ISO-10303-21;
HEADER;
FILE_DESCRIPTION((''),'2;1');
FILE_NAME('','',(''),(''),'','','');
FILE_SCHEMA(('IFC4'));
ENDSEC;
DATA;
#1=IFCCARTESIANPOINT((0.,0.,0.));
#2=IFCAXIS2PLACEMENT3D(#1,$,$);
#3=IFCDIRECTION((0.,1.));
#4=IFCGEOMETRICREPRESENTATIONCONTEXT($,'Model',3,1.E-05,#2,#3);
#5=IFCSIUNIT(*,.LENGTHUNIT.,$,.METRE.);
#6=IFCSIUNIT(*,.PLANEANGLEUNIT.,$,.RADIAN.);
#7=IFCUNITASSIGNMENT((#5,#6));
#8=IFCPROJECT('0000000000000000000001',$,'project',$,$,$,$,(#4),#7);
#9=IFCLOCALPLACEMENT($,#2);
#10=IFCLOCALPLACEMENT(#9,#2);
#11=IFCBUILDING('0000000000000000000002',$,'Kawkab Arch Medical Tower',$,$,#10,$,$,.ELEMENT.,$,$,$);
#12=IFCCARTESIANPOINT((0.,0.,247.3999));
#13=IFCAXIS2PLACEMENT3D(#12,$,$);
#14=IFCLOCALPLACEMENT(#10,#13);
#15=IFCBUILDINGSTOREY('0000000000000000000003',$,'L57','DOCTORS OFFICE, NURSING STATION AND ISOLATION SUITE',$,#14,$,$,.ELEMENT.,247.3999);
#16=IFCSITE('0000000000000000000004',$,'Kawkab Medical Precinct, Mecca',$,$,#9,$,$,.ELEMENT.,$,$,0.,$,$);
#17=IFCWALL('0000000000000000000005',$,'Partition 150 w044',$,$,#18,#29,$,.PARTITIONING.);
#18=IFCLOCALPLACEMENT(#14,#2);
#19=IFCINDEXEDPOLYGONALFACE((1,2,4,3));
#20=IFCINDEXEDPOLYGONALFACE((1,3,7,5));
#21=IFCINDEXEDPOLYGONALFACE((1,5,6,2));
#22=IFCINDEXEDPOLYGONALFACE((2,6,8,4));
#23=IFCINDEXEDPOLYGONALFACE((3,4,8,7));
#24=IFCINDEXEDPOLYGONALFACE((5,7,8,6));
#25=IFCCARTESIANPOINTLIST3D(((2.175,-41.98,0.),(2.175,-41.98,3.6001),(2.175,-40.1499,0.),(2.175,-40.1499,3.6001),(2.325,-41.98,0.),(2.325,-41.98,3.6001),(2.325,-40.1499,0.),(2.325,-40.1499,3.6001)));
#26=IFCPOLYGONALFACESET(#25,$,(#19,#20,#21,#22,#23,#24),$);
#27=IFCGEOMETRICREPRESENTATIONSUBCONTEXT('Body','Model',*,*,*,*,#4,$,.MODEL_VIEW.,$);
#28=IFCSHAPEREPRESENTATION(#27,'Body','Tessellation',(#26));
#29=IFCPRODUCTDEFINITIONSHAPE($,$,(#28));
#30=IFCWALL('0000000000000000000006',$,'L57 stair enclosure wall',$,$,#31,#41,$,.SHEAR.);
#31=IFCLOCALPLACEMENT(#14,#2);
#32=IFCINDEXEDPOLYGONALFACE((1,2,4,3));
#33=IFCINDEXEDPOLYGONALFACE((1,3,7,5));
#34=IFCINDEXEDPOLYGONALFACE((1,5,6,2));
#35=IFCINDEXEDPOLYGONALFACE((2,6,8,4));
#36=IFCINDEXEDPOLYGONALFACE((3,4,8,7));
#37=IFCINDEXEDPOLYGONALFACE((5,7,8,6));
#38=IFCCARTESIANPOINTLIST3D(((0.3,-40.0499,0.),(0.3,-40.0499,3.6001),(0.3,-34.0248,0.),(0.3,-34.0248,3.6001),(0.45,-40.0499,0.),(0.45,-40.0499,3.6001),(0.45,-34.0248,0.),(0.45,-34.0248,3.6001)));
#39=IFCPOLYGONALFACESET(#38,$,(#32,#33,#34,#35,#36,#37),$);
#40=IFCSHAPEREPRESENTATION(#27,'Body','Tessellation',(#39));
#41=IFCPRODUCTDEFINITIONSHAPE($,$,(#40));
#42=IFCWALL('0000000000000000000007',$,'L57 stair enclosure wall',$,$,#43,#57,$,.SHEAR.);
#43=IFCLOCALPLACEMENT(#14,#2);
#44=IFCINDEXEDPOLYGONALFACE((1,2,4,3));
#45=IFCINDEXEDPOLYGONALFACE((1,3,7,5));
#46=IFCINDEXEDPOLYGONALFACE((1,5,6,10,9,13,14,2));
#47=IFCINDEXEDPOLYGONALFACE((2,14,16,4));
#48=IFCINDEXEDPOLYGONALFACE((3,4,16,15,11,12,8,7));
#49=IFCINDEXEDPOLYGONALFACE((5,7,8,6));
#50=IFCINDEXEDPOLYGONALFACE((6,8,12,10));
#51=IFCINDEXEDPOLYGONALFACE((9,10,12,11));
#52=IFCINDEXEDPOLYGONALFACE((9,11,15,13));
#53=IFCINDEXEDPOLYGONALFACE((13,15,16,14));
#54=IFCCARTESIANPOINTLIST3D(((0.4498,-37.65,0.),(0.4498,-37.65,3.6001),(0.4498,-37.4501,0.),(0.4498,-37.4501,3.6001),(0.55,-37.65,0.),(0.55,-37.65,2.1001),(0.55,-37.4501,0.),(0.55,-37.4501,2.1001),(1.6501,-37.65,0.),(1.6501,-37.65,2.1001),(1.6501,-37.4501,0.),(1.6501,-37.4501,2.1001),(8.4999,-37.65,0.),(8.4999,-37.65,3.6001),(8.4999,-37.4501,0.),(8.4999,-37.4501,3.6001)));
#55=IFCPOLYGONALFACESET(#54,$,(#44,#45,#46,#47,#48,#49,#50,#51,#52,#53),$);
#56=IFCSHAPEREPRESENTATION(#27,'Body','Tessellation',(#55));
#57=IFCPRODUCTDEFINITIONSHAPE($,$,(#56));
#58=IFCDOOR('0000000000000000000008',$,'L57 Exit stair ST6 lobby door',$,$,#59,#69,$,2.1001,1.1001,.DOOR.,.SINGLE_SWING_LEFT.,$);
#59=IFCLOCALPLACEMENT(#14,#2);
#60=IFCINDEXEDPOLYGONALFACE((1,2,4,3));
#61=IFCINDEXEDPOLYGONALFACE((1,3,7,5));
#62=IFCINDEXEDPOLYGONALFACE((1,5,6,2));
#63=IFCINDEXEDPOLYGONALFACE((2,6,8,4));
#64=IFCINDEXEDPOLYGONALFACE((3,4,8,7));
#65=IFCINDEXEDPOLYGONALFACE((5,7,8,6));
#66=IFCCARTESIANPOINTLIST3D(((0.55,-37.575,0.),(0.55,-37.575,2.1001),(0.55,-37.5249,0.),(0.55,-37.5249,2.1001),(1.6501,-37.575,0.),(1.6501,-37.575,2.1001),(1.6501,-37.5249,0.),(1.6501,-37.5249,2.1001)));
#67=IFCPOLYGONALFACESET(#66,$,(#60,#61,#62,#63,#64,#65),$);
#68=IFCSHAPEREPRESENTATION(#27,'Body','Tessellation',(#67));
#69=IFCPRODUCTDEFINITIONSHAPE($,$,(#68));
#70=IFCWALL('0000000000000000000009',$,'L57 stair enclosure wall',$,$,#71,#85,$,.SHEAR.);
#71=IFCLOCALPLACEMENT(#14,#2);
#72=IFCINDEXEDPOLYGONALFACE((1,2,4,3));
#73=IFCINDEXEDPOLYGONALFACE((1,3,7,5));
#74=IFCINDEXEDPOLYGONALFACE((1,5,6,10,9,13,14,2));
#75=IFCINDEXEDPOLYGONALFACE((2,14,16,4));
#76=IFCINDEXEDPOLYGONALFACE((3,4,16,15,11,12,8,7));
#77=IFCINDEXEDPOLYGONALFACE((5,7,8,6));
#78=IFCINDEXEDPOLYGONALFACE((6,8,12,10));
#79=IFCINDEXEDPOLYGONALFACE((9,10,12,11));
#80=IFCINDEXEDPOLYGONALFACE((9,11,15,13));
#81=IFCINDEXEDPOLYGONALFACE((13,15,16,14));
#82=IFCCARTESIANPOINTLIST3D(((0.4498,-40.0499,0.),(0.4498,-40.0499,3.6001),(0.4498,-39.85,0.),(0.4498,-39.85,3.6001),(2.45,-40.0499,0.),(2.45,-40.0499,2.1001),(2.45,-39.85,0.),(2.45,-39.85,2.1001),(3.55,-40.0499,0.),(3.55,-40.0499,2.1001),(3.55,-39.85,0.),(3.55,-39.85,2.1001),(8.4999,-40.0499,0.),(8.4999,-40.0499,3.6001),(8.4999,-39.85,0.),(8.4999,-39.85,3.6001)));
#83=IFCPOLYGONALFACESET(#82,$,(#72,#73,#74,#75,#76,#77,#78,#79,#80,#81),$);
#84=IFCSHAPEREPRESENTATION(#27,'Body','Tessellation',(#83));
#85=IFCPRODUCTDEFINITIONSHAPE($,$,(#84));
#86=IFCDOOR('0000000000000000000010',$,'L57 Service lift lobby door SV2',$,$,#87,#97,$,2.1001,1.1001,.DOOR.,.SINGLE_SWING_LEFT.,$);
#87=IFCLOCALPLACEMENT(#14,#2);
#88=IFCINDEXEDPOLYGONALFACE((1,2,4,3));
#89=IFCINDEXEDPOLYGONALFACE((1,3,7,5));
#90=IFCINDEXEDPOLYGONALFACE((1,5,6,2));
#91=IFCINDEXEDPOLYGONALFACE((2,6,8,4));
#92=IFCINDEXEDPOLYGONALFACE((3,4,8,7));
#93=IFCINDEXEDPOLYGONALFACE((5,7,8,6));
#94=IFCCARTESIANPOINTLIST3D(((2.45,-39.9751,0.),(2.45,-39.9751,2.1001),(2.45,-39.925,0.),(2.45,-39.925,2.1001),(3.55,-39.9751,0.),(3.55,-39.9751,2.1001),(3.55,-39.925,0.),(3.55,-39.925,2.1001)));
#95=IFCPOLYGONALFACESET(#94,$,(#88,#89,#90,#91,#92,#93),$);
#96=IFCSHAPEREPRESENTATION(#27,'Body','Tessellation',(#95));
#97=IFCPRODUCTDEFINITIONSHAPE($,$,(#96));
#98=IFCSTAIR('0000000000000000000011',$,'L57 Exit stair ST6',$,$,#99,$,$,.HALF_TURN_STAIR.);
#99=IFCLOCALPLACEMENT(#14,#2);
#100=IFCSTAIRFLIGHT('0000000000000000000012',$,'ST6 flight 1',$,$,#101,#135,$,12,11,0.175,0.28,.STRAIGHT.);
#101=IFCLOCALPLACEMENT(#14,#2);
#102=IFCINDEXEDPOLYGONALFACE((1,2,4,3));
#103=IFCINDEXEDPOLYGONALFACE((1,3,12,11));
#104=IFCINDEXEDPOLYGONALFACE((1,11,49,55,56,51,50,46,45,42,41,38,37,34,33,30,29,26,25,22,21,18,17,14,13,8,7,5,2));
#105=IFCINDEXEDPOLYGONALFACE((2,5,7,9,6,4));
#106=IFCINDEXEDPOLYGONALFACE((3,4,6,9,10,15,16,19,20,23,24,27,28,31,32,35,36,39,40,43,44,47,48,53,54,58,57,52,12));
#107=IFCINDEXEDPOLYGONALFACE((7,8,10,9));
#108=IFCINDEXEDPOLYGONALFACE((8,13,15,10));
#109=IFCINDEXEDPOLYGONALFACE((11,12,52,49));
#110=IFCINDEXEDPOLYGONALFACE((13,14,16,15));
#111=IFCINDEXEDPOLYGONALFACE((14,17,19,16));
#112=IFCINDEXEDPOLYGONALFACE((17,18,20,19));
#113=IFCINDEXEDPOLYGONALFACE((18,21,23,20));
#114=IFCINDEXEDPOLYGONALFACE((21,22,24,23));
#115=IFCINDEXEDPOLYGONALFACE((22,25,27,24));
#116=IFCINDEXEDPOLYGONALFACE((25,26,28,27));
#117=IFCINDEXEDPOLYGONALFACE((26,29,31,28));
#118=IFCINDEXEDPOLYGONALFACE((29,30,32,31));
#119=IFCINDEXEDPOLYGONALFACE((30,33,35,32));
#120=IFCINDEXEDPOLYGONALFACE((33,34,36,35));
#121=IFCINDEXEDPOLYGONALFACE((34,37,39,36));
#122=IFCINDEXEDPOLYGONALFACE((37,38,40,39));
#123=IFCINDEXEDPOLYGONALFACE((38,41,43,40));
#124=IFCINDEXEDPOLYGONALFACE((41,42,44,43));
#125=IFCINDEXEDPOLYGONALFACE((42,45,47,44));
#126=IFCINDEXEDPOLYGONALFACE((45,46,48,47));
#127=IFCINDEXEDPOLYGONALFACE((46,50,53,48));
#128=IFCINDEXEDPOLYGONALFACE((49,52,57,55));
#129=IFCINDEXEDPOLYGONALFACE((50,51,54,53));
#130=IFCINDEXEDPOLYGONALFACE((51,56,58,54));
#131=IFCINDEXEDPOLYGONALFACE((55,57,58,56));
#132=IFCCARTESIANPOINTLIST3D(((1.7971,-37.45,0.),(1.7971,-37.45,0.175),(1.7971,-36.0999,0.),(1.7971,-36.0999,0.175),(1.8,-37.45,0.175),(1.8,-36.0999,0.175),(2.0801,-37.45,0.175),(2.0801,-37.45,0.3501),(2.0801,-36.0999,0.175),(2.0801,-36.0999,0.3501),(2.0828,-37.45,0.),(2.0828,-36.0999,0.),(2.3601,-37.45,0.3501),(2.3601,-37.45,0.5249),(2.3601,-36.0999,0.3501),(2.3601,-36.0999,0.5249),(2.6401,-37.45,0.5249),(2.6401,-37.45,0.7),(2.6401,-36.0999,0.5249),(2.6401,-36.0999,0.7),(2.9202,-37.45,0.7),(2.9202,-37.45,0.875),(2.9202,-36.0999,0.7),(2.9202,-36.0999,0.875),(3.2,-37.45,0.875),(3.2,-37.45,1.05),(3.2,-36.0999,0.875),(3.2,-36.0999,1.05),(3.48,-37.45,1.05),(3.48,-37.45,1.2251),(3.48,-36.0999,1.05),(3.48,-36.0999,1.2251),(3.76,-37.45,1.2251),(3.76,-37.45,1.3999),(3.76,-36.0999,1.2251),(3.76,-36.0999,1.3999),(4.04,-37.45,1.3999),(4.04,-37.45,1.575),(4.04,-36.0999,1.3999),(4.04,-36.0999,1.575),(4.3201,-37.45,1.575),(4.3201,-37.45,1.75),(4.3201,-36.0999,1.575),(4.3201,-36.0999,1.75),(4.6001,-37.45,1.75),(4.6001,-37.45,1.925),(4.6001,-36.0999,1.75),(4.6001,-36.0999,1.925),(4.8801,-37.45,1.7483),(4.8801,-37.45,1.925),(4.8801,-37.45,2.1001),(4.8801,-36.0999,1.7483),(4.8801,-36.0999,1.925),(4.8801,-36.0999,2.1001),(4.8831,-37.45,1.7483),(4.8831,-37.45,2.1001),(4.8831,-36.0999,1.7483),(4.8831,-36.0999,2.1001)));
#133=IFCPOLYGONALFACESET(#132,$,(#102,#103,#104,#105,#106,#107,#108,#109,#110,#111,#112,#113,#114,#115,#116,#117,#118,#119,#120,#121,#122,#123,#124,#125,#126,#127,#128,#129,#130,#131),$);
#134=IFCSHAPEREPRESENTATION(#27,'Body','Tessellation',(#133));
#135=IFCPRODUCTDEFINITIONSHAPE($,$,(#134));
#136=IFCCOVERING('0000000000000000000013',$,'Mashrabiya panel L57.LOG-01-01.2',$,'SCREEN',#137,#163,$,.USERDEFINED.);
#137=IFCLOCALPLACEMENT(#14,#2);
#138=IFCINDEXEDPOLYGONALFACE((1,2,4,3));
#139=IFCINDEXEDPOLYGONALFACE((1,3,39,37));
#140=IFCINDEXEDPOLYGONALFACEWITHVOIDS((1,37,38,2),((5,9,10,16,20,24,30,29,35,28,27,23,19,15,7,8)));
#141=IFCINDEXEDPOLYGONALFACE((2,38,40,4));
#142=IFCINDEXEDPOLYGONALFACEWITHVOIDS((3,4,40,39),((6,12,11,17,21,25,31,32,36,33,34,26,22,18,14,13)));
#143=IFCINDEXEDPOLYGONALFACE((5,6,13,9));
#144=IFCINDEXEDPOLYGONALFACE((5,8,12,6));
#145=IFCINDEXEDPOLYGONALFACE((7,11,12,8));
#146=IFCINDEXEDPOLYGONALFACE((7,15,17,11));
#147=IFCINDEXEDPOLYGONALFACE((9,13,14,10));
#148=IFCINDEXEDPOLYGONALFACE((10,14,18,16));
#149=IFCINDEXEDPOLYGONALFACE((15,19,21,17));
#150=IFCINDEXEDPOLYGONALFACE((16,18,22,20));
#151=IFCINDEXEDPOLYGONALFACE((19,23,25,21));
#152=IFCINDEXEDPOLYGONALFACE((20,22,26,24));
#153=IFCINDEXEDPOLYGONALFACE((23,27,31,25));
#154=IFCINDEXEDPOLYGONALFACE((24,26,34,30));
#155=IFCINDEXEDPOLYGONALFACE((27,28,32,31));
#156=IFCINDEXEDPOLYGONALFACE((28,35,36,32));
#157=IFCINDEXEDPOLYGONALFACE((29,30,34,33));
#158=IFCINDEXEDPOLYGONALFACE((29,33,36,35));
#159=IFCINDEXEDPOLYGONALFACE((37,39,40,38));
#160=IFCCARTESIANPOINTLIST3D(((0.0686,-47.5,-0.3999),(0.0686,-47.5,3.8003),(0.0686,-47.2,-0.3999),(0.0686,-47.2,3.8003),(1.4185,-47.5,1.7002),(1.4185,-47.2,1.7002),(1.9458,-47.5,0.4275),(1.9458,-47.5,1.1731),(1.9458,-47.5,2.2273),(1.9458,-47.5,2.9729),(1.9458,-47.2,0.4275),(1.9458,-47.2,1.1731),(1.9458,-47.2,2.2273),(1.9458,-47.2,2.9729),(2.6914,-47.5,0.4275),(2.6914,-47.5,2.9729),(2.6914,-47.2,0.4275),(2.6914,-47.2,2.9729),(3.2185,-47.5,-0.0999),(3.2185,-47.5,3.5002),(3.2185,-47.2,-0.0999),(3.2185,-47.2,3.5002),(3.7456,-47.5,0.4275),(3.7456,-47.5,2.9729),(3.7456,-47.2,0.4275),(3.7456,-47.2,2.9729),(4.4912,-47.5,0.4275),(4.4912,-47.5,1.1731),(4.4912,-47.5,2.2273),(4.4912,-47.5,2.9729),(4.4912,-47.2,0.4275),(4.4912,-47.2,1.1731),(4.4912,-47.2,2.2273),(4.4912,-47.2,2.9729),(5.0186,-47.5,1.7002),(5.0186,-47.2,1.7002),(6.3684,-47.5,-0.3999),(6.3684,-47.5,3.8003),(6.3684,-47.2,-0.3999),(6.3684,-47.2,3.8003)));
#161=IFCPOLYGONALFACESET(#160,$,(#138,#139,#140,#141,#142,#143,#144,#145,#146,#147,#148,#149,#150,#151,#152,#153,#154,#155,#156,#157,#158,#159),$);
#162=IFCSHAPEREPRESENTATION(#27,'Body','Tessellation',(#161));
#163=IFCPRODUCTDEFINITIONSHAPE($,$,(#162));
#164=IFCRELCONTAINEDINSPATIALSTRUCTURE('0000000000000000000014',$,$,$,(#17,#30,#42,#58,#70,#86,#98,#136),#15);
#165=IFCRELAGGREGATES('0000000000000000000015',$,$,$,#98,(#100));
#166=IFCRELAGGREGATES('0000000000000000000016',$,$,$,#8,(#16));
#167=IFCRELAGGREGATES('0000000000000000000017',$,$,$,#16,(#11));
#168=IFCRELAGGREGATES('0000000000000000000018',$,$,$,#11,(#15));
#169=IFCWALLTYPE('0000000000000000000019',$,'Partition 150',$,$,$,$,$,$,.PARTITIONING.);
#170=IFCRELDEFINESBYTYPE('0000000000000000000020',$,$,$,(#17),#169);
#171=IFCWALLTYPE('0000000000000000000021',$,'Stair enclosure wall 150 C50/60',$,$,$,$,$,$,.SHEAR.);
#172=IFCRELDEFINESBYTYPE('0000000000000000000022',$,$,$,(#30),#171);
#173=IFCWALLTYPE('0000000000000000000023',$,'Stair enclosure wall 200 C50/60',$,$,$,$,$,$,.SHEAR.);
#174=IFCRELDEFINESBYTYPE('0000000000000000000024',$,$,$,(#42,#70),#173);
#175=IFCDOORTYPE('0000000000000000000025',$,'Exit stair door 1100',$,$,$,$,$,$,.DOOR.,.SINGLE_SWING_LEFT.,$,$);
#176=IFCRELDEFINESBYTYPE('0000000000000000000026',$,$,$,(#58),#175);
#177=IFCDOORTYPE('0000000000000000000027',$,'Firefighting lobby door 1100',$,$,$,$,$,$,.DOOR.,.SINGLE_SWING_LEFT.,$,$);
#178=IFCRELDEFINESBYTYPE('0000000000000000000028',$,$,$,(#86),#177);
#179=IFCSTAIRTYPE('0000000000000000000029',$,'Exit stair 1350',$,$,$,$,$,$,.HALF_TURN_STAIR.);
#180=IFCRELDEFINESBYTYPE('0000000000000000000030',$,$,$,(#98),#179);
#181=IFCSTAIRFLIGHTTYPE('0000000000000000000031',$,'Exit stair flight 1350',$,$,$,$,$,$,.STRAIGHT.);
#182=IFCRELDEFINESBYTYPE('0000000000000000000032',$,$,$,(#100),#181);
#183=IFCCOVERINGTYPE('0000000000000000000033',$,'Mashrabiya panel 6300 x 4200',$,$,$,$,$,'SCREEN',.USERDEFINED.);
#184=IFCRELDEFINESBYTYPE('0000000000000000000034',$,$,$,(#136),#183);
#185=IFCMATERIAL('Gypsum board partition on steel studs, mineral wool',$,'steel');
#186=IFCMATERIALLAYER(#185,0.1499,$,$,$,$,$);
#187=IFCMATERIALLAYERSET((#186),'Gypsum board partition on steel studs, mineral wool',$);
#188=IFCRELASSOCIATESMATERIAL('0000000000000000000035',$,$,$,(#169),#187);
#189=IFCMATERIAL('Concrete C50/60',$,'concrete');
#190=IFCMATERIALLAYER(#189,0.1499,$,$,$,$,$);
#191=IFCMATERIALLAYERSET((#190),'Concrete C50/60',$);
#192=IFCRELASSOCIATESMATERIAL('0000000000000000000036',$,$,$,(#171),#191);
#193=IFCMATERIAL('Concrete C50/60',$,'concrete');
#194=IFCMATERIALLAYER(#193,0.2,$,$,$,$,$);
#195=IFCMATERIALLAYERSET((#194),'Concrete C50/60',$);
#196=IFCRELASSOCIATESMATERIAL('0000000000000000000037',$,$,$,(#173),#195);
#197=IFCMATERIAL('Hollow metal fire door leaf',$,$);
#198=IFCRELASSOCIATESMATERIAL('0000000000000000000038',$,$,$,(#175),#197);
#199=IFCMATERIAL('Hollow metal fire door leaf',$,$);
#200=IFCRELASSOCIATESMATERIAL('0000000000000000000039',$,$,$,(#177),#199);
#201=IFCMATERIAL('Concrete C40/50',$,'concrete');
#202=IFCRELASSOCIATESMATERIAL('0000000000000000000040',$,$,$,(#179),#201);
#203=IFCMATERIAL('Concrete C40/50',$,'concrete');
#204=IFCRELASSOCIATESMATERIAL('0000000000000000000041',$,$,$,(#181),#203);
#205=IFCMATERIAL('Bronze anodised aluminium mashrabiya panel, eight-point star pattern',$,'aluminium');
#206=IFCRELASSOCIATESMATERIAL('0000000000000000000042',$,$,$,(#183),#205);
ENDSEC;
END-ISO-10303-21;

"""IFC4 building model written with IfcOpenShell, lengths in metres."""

from ifc_helpers import new_model, si_unit, direction, frame, frame_2d, origin, place, context, subcontext, project, spatial, polyline, rectangle, outline, extrude, material, layer, layer_set, material_profile, profile_set, type_object, element, fill, aggregate, save


model = new_model("IFC4")

# Units and contexts
model_context = context("Model", 3, precision=1e-05, world=origin(), true_north=direction((0.0, 1.0)))
body_context = subcontext(model_context, "Body", "Model", "MODEL_VIEW")
ifc_project = project(units=[si_unit("LENGTHUNIT", "METRE"), si_unit("PLANEANGLEUNIT", "RADIAN")], contexts=[model_context])

# Site, building, storey
site_placement = place(None, origin())
site = spatial("IfcSite", under=ifc_project, at=site_placement, Name="Kawkab Medical Precinct, Mecca", CompositionType="ELEMENT", RefElevation=0.0)
building_placement = place(site_placement, origin())
building = spatial("IfcBuilding", under=site, at=building_placement, Name="Kawkab Arch Medical Tower", CompositionType="ELEMENT")
storey_placement = place(building_placement, frame((0.0, 0.0, 247.3999)))
storey = spatial("IfcBuildingStorey", under=building, at=storey_placement, Name="L57", Description="DOCTORS OFFICE, NURSING STATION AND ISOLATION SUITE", CompositionType="ELEMENT", Elevation=247.3999)

# Shared definitions
placement = place(storey_placement, origin())

# Shared definitions
ifc_material_1 = material(Name="Gypsum board partition on steel studs, mineral wool", Category="steel")
ifc_layer_1 = layer(ifc_material_1, 0.1499)
ifc_layer_set_1 = layer_set([ifc_layer_1], Name="Gypsum board partition on steel studs, mineral wool")
wall_type_1 = type_object("IfcWallType", Name="Partition 150", PredefinedType="PARTITIONING", material=ifc_layer_set_1)

# Walls
wall_1_placement = place(storey_placement, frame((2.25, -41.98, 0.0), z_axis=(0.0, 0.0, 1.0), x_axis=(0.0, 1.0, 0.0)))
element("IfcWall", 1, at=wall_1_placement, inside=storey, type_object=wall_type_1, Name="Partition 150 w044", PredefinedType="PARTITIONING", context=body_context, shape_type="SweptSolid", body=[
    extrude(rectangle(XDim=1.8301, YDim=0.1499, at=frame_2d((0.915, 0.0))), origin(), (0.0, 0.0, 1.0), 3.6001),
])
ifc_material_2 = material(Name="Concrete C50/60", Category="concrete")
ifc_layer_2 = layer(ifc_material_2, 0.1499)
ifc_layer_set_2 = layer_set([ifc_layer_2], Name="Concrete C50/60")
wall_type_2 = type_object("IfcWallType", Name="Stair enclosure wall 150 C50/60", PredefinedType="SHEAR", material=ifc_layer_set_2)
wall_2_placement = place(storey_placement, frame((0.375, -40.05, 0.0), z_axis=(0.0, 0.0, 1.0), x_axis=(0.0, 1.0, 0.0)))
element("IfcWall", 2, at=wall_2_placement, inside=storey, type_object=wall_type_2, Name="L57 stair enclosure wall", PredefinedType="SHEAR", context=body_context, shape_type="SweptSolid", body=[
    extrude(rectangle(XDim=6.0251, YDim=0.1499, at=frame_2d((3.0127, 0.0))), origin(), (0.0, 0.0, 1.0), 3.6001),
])

# Walls, openings, doors
ifc_material_3 = material(Name="Concrete C50/60", Category="concrete")
ifc_layer_3 = layer(ifc_material_3, 0.2)
ifc_layer_set_3 = layer_set([ifc_layer_3], Name="Concrete C50/60")
wall_type_3 = type_object("IfcWallType", Name="Stair enclosure wall 200 C50/60", PredefinedType="SHEAR", material=ifc_layer_set_3)
wall_3_placement = place(storey_placement, frame((0.45, -37.55, 0.0), z_axis=(0.0, 0.0, 1.0), x_axis=(1.0, 0.0, 0.0)))
wall_3 = element("IfcWall", 3, at=wall_3_placement, inside=storey, type_object=wall_type_3, Name="L57 stair enclosure wall", PredefinedType="SHEAR", context=body_context, shape_type="SweptSolid", body=[
    extrude(rectangle(XDim=8.05, YDim=0.2, at=frame_2d((4.0249, 0.0))), origin(), (0.0, 0.0, 1.0), 3.6001),
])
opening_1_placement = place(wall_3_placement, frame((0.1001, 0.0, 0.0)))
opening_1 = element("IfcOpeningElement", 4, at=opening_1_placement, cuts=wall_3, PredefinedType="OPENING", context=body_context, shape_type="SweptSolid", body=[
    extrude(rectangle(XDim=1.1001, YDim=2.1001, at=frame_2d((0.55, 1.05))), frame((0.0, 0.1099, 0.0), z_axis=(0.0, -1.0, 0.0), x_axis=(1.0, 0.0, 0.0)), (0.0, 0.0, 1.0), 0.22),
])
ifc_material_4 = material(Name="Hollow metal fire door leaf")
door_type_1 = type_object("IfcDoorType", Name="Exit stair door 1100", OperationType="SINGLE_SWING_LEFT", PredefinedType="DOOR", material=ifc_material_4)
door_1_placement = place(opening_1_placement, frame((1.1001, 0.0, 0.0), z_axis=(0.0, 0.0, 1.0), x_axis=(-1.0, 0.0, 0.0)))
door_1 = element("IfcDoor", 5, at=door_1_placement, inside=storey, type_object=door_type_1, Name="L57 Exit stair ST6 lobby door", OperationType="SINGLE_SWING_LEFT", OverallHeight=2.1001, OverallWidth=1.1001, PredefinedType="DOOR", context=body_context, shape_type="SweptSolid", body=[
    extrude(rectangle(XDim=1.1001, YDim=2.1001, at=frame_2d((0.55, 1.05))), frame((0.0, 0.0249, 0.0), z_axis=(0.0, -1.0, 0.0), x_axis=(1.0, 0.0, 0.0)), (0.0, 0.0, 1.0), 0.05),
])
fill(opening_1, door_1)
wall_4_placement = place(storey_placement, frame((0.45, -39.95, 0.0), z_axis=(0.0, 0.0, 1.0), x_axis=(1.0, 0.0, 0.0)))
wall_4 = element("IfcWall", 6, at=wall_4_placement, inside=storey, type_object=wall_type_3, Name="L57 stair enclosure wall", PredefinedType="SHEAR", context=body_context, shape_type="SweptSolid", body=[
    extrude(rectangle(XDim=8.05, YDim=0.2, at=frame_2d((4.0249, 0.0))), origin(), (0.0, 0.0, 1.0), 3.6001),
])
opening_2_placement = place(wall_4_placement, frame((2.0, 0.0, 0.0)))
opening_2 = element("IfcOpeningElement", 7, at=opening_2_placement, cuts=wall_4, PredefinedType="OPENING", context=body_context, shape_type="SweptSolid", body=[
    extrude(rectangle(XDim=1.1001, YDim=2.1001, at=frame_2d((0.55, 1.05))), frame((0.0, 0.1099, 0.0), z_axis=(0.0, -1.0, 0.0), x_axis=(1.0, 0.0, 0.0)), (0.0, 0.0, 1.0), 0.22),
])
ifc_material_5 = material(Name="Hollow metal fire door leaf")
door_type_2 = type_object("IfcDoorType", Name="Firefighting lobby door 1100", OperationType="SINGLE_SWING_LEFT", PredefinedType="DOOR", material=ifc_material_5)
door_2_placement = place(opening_2_placement, origin())
door_2 = element("IfcDoor", 8, at=door_2_placement, inside=storey, type_object=door_type_2, Name="L57 Service lift lobby door SV2", OperationType="SINGLE_SWING_LEFT", OverallHeight=2.1001, OverallWidth=1.1001, PredefinedType="DOOR", context=body_context, shape_type="SweptSolid", body=[
    extrude(rectangle(XDim=1.1001, YDim=2.1001, at=frame_2d((0.55, 1.05))), frame((0.0, 0.0249, 0.0), z_axis=(0.0, -1.0, 0.0), x_axis=(1.0, 0.0, 0.0)), (0.0, 0.0, 1.0), 0.05),
])
fill(opening_2, door_2)

# Stair, stair flight
ifc_material_6 = material(Name="Concrete C40/50", Category="concrete")
stair_type = type_object("IfcStairType", Name="Exit stair 1350", PredefinedType="HALF_TURN_STAIR", material=ifc_material_6)
stair = element("IfcStair", 9, at=placement, inside=storey, type_object=stair_type, Name="L57 Exit stair ST6", PredefinedType="HALF_TURN_STAIR")
ifc_material_7 = material(Name="Concrete C40/50", Category="concrete")
stair_flight_type = type_object("IfcStairFlightType", Name="Exit stair flight 1350", PredefinedType="STRAIGHT", material=ifc_material_7)
stair_flight_placement = place(storey_placement, frame((1.8, -36.7749, 0.0), z_axis=(0.0, 0.0, 1.0), x_axis=(1.0, 0.0, 0.0)))
stair_flight = element("IfcStairFlight", 10, at=stair_flight_placement, type_object=stair_flight_type, Name="ST6 flight 1", NumberOfRisers=12, NumberOfTreads=11, PredefinedType="STRAIGHT", RiserHeight=0.175, TreadLength=0.28, context=body_context, shape_type="SweptSolid", body=[
    extrude(outline(polyline([(-0.0029, 0.0), (-0.0029, 0.175), (0.0, 0.175), (0.28, 0.175), (0.28, 0.3501), (0.5601, 0.3501), (0.5601, 0.5249), (0.8401, 0.5249), (0.8401, 0.7), (1.1201, 0.7), (1.1201, 0.875), (1.3999, 0.875), (1.3999, 1.05), (1.6799, 1.05), (1.6799, 1.2251), (1.96, 1.2251), (1.96, 1.3999), (2.24, 1.3999), (2.24, 1.575), (2.52, 1.575), (2.52, 1.75), (2.8, 1.75), (2.8, 1.925), (3.0801, 1.925), (3.0801, 2.1001), (3.083, 2.1001), (3.083, 1.7483), (3.0801, 1.7483), (0.2827, 0.0), (-0.0029, 0.0)])), frame((0.0, 0.675, 0.0), z_axis=(0.0, -1.0, 0.0), x_axis=(1.0, 0.0, 0.0)), (0.0, 0.0, 1.0), 1.3501),
])
aggregate(stair, [stair_flight])

# Covering
ifc_material_8 = material(Name="Bronze anodised aluminium mashrabiya panel, eight-point star pattern", Category="aluminium")
ifc_material_profile_1 = material_profile(ifc_material_8, outline(polyline([(-3.1499, -2.1001), (3.1499, -2.1001), (3.1499, 2.1001), (-3.1499, 2.1001), (-3.1499, -2.1001)]), holes=[polyline([(1.8, 0.0), (1.2727, 0.5271), (1.2727, 1.2727), (0.5271, 1.2727), (0.0, 1.8), (-0.5271, 1.2727), (-1.2727, 1.2727), (-1.2727, 0.5271), (-1.8, 0.0), (-1.2727, -0.5271), (-1.2727, -1.2727), (-0.5271, -1.2727), (0.0, -1.8), (0.5271, -1.2727), (1.2727, -1.2727), (1.2727, -0.5271), (1.8, 0.0)])]), Name="Mashrabiya panel 6300x4200")
ifc_profile_set_1 = profile_set([ifc_material_profile_1], Name="Bronze anodised aluminium mashrabiya panel, eight-point star pattern")
covering_type_1 = type_object("IfcCoveringType", Name="Mashrabiya panel 6300 x 4200", ElementType="SCREEN", PredefinedType="USERDEFINED", material=ifc_profile_set_1)
covering_1_placement = place(storey_placement, frame((3.2185, -47.2, 1.7002), z_axis=(0.0, -1.0, 0.0), x_axis=(1.0, 0.0, 0.0)))
element("IfcCovering", 11, at=covering_1_placement, inside=storey, type_object=covering_type_1, Name="Mashrabiya panel L57.LOG-01-01.2", ObjectType="SCREEN", PredefinedType="USERDEFINED", context=body_context, shape_type="SweptSolid", body=[
    extrude(outline(polyline([(-3.1499, -2.1001), (3.1499, -2.1001), (3.1499, 2.1001), (-3.1499, 2.1001), (-3.1499, -2.1001)]), holes=[polyline([(1.8, 0.0), (1.2727, 0.5271), (1.2727, 1.2727), (0.5271, 1.2727), (0.0, 1.8), (-0.5271, 1.2727), (-1.2727, 1.2727), (-1.2727, 0.5271), (-1.8, 0.0), (-1.2727, -0.5271), (-1.2727, -1.2727), (-0.5271, -1.2727), (0.0, -1.8), (0.5271, -1.2727), (1.2727, -1.2727), (1.2727, -0.5271), (1.8, 0.0)])]), origin(), (0.0, 0.0, 1.0), 0.3),
])

save(model, "model.ifc")
